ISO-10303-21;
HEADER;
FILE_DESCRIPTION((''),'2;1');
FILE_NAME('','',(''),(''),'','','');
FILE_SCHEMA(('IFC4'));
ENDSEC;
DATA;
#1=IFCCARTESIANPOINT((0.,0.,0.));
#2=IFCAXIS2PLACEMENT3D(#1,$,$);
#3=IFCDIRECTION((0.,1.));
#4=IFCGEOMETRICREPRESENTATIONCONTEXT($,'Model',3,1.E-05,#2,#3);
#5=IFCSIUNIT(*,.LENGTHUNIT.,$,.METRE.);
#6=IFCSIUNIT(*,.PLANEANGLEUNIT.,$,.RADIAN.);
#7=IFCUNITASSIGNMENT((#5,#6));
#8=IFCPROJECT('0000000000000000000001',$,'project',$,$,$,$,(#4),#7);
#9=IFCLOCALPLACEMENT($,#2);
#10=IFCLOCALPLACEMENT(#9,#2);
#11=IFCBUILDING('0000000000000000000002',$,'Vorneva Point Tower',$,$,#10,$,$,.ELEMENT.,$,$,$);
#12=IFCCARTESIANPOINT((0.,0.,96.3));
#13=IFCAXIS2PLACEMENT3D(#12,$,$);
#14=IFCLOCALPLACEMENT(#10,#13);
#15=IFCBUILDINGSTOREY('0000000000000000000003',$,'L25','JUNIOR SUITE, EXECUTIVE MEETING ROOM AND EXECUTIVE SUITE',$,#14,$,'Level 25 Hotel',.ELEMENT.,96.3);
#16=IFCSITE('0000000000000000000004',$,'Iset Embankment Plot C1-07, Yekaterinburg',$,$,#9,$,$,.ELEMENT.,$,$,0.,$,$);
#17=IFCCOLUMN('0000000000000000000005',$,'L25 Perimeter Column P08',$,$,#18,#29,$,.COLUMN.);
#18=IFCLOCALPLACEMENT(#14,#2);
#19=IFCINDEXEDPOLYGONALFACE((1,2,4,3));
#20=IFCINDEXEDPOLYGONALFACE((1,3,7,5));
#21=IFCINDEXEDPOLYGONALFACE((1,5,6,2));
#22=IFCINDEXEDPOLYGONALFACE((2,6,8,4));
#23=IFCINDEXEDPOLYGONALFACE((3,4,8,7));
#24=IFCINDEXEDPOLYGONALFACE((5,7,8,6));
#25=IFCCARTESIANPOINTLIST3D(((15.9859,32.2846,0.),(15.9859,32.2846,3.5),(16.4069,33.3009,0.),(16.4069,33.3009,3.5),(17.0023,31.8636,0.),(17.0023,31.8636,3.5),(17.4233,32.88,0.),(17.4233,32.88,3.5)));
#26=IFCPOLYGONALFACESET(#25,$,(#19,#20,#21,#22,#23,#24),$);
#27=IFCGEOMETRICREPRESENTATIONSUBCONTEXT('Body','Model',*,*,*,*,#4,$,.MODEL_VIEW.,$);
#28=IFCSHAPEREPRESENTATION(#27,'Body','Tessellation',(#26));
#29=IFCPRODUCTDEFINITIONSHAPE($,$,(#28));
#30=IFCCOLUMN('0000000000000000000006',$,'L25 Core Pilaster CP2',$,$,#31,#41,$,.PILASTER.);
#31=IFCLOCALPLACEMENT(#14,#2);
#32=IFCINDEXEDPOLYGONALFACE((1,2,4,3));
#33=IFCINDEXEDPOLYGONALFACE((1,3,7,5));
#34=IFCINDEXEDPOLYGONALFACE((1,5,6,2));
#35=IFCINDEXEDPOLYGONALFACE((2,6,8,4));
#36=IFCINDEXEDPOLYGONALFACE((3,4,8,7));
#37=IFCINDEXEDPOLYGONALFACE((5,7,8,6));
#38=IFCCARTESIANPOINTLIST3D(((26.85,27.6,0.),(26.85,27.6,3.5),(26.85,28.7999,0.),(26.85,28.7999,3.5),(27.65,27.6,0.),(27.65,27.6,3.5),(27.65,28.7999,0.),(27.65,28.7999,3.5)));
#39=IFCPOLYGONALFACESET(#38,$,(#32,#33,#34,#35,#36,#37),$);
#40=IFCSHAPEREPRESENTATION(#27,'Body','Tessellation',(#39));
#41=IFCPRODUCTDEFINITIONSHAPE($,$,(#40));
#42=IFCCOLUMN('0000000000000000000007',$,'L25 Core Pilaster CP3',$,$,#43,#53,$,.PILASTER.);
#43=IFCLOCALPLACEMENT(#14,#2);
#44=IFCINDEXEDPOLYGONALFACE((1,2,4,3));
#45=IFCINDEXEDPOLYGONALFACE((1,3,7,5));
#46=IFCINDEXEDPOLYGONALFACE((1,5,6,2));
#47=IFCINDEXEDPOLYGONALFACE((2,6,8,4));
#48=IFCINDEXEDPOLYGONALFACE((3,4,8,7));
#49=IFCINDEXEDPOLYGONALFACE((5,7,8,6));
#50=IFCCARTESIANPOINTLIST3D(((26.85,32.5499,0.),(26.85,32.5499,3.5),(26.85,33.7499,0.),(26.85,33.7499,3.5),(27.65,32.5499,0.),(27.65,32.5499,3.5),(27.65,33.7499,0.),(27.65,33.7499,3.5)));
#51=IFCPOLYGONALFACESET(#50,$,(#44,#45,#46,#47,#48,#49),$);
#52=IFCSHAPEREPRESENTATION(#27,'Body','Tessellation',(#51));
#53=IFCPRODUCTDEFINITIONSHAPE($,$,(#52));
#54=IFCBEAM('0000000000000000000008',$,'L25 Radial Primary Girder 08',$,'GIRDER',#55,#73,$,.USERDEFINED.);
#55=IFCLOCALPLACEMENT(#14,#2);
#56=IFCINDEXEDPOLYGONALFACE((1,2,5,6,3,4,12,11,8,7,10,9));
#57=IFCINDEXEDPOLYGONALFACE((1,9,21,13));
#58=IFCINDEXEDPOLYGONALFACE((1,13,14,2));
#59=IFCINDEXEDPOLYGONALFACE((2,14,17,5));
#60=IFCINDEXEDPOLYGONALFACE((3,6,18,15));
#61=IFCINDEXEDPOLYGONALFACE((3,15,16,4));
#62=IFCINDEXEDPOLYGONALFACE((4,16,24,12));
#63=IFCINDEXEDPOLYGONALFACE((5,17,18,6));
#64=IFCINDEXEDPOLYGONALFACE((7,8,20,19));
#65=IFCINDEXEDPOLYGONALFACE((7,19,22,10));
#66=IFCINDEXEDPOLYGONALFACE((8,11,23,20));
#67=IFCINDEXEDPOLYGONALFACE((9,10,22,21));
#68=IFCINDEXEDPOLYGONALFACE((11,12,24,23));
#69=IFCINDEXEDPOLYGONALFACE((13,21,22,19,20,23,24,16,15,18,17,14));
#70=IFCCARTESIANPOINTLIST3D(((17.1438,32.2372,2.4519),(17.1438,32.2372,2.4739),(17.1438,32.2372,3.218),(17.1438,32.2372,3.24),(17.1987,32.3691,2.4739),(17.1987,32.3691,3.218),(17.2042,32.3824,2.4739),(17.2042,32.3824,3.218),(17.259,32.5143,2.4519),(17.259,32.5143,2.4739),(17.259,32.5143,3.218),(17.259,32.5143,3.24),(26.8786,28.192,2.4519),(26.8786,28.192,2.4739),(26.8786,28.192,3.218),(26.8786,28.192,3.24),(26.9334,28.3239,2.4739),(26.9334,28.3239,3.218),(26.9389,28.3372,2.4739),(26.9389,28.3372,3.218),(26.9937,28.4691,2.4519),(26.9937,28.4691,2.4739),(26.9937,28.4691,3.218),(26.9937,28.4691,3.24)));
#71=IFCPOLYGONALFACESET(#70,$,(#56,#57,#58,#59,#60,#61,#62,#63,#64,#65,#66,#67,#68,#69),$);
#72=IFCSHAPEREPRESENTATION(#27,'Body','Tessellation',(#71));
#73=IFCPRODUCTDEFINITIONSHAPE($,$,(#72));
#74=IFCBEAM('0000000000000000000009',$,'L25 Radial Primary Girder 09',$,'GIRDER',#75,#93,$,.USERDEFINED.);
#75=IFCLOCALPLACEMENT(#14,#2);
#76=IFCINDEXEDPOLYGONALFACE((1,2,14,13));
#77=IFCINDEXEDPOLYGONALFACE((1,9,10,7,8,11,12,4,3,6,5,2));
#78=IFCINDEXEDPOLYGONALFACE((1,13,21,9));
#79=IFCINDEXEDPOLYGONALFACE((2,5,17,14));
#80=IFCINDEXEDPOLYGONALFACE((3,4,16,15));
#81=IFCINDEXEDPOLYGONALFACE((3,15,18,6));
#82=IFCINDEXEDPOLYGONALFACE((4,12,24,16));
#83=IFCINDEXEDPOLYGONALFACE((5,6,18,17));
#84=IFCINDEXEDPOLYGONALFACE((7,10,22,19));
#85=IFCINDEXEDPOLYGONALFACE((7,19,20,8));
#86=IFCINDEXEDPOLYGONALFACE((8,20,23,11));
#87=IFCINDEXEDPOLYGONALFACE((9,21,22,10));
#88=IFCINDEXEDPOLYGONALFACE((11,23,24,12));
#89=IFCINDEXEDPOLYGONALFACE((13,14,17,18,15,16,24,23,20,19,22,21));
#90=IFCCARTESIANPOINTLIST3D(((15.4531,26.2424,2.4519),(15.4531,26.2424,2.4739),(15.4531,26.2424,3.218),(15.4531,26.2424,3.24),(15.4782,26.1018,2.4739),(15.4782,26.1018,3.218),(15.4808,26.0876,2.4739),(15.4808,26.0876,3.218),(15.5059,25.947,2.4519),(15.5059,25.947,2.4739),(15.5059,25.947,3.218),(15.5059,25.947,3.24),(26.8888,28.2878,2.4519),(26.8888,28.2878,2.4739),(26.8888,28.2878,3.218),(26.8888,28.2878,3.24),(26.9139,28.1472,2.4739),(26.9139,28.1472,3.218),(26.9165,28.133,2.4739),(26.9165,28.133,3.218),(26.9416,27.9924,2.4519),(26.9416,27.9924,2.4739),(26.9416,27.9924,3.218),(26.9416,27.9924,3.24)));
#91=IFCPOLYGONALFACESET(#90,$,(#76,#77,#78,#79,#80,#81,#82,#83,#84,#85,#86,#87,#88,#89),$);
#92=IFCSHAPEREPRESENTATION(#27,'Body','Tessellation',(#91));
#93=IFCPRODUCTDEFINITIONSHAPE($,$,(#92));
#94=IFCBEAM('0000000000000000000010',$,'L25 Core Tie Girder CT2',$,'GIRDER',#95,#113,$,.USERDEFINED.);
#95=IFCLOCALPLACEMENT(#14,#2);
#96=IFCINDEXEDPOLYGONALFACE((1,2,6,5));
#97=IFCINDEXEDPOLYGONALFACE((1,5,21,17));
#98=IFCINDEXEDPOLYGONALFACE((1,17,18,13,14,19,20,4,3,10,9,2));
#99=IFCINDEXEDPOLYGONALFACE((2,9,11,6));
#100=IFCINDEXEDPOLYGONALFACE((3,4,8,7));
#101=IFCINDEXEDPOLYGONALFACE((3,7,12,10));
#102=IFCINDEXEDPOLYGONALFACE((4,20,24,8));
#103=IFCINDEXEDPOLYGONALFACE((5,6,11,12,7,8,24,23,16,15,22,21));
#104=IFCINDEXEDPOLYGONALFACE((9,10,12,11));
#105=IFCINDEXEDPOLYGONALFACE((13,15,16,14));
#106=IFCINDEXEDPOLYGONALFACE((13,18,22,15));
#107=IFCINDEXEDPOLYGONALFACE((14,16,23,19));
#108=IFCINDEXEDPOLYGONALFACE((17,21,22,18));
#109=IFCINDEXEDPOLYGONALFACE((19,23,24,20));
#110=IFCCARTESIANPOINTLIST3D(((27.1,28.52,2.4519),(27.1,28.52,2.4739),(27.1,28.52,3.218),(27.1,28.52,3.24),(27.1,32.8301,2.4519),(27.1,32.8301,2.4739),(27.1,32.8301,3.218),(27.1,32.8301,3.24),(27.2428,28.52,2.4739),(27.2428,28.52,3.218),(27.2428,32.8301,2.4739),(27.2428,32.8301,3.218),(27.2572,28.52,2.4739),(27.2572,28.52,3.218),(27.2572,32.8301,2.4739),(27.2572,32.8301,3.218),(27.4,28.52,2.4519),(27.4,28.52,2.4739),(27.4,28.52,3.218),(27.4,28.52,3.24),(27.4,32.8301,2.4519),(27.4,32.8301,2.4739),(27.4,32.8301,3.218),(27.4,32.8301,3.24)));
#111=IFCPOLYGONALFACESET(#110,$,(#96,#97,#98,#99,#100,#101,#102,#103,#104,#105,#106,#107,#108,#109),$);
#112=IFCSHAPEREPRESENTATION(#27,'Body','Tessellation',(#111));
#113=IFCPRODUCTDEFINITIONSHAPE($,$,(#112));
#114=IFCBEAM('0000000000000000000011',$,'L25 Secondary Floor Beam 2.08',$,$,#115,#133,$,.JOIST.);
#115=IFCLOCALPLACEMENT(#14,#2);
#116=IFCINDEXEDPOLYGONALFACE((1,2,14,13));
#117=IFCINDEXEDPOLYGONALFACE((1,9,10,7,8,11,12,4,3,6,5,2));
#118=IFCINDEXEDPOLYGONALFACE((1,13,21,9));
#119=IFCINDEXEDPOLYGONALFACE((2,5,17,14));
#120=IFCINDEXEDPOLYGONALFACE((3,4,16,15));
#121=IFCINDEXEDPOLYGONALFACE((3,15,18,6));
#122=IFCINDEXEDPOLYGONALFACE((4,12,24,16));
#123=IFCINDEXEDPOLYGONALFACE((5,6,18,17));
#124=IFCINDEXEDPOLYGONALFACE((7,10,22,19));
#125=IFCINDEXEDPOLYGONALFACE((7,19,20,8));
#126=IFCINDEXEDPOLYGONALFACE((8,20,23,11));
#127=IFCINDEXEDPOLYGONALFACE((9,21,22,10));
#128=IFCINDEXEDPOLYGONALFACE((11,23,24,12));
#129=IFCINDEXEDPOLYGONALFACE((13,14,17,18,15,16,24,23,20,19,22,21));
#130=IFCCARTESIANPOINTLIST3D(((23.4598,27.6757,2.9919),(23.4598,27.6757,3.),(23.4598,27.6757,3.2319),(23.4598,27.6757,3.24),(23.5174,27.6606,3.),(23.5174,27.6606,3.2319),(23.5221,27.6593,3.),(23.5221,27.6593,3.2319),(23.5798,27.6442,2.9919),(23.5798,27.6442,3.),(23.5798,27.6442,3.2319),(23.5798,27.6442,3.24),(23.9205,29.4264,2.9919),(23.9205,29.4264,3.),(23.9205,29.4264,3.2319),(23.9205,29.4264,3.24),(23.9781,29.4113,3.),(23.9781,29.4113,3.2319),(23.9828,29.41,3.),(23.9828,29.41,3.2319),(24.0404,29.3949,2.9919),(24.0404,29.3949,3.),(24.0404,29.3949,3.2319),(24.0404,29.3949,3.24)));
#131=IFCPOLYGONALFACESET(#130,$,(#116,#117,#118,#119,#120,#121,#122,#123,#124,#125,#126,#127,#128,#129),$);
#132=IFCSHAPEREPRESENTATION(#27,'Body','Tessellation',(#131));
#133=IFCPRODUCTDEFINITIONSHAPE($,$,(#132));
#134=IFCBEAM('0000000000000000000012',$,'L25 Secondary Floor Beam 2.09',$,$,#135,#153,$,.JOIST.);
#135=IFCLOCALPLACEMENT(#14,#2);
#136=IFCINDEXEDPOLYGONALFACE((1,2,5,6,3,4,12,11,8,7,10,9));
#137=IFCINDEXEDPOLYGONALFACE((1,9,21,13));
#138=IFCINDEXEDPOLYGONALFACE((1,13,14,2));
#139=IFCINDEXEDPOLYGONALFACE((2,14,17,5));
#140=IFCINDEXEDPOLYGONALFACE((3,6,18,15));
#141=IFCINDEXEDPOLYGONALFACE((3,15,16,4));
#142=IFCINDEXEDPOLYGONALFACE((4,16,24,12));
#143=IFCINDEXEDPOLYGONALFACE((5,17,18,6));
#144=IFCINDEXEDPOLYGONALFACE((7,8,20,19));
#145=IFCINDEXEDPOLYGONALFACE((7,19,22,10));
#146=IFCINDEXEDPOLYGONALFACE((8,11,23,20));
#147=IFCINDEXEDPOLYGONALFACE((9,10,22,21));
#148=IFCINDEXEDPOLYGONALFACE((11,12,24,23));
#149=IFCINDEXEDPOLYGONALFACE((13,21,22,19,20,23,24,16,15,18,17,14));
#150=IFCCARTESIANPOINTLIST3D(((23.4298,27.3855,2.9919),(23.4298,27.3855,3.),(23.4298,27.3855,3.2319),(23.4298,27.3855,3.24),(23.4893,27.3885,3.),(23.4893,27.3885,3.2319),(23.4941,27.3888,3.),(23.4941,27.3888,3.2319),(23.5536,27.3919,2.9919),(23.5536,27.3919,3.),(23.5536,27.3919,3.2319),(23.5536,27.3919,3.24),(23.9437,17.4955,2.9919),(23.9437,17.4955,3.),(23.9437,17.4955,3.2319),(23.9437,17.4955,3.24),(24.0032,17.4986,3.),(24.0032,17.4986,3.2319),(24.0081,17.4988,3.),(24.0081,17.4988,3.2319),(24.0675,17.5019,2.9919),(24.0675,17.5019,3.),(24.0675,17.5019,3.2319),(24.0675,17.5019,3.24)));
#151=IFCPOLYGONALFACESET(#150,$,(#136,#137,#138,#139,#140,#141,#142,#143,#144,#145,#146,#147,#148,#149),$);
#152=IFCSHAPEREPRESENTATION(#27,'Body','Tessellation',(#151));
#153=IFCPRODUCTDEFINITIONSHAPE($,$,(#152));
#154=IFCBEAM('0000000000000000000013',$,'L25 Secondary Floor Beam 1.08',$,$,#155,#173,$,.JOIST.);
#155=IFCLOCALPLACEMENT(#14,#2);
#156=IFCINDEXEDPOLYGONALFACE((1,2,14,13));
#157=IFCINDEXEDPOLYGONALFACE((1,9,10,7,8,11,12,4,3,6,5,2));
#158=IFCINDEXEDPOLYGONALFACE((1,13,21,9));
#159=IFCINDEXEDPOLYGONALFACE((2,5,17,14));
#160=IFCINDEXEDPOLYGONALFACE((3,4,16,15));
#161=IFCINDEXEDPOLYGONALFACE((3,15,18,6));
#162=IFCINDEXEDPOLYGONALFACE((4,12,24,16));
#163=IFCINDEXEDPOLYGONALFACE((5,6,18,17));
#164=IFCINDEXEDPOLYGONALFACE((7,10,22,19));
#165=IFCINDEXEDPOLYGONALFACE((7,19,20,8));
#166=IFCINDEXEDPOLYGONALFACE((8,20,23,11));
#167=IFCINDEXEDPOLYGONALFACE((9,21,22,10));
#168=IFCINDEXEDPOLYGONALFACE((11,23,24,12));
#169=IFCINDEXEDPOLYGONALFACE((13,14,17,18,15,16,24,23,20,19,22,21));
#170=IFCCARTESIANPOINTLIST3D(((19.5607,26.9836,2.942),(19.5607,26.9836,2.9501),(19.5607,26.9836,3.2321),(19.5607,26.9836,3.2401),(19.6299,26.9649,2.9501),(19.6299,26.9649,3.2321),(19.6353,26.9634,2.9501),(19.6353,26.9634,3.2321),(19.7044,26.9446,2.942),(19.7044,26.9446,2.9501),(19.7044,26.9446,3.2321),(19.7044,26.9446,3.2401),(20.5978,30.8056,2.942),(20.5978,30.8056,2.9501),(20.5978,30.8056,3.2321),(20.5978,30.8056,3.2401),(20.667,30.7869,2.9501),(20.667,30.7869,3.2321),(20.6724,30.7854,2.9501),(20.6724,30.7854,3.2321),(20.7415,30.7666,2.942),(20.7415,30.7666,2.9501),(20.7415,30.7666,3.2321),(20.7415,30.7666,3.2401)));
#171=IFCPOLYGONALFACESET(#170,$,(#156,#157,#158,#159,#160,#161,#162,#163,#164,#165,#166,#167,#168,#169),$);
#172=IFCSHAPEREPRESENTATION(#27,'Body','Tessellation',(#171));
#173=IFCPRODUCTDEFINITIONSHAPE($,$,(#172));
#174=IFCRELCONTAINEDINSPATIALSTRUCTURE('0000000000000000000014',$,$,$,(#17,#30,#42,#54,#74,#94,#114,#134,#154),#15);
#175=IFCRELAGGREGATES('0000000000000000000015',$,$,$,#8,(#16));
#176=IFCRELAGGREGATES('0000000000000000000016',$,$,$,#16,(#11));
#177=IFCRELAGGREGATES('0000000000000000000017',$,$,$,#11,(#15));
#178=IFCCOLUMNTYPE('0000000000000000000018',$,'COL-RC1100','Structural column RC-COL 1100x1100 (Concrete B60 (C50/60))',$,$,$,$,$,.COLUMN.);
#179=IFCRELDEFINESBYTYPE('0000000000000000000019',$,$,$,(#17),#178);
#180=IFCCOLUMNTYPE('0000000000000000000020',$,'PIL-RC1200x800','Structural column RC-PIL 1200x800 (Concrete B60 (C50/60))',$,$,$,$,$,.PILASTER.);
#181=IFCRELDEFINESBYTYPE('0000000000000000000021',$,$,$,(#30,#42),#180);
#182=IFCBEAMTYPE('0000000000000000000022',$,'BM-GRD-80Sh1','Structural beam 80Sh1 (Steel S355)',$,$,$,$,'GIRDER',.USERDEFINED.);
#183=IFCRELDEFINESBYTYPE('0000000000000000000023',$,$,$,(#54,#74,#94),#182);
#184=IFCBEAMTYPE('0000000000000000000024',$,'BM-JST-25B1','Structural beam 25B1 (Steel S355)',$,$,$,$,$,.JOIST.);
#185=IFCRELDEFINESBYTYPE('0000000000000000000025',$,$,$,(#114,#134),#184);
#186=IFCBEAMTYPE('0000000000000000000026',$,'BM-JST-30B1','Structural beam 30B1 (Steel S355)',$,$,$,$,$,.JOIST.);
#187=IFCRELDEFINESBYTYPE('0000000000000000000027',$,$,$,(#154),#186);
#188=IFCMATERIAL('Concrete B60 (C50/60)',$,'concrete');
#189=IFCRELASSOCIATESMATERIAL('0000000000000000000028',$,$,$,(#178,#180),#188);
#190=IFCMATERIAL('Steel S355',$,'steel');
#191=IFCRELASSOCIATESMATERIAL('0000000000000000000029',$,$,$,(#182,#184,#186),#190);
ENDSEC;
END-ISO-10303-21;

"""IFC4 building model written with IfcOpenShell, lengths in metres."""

from ifc_helpers import new_model, si_unit, direction, frame, origin, origin_2d, place, context, subcontext, project, spatial, rectangle, i_section, extrude, material, material_profile, profile_set, type_object, element, save


model = new_model("IFC4")

# Units and contexts
model_context = context("Model", 3, precision=1e-05, world=origin(), true_north=direction((0.0, 1.0)))
body_context = subcontext(model_context, "Body", "Model", "MODEL_VIEW")
ifc_project = project(units=[si_unit("LENGTHUNIT", "METRE"), si_unit("PLANEANGLEUNIT", "RADIAN")], contexts=[model_context])

# Site, building, storey
site_placement = place(None, origin())
site = spatial("IfcSite", under=ifc_project, at=site_placement, Name="Iset Embankment Plot C1-07, Yekaterinburg", CompositionType="ELEMENT", RefElevation=0.0)
building_placement = place(site_placement, origin())
building = spatial("IfcBuilding", under=site, at=building_placement, Name="Vorneva Point Tower", CompositionType="ELEMENT")
storey_placement = place(building_placement, frame((0.0, 0.0, 96.3)))
storey = spatial("IfcBuildingStorey", under=building, at=storey_placement, Name="L25", Description="JUNIOR SUITE, EXECUTIVE MEETING ROOM AND EXECUTIVE SUITE", LongName="Level 25 Hotel", CompositionType="ELEMENT", Elevation=96.3)

# Columns
ifc_material_1 = material(Name="Concrete B60 (C50/60)", Category="concrete")
ifc_material_profile_1 = material_profile(ifc_material_1, rectangle(XDim=1.1001, YDim=1.1001, at=origin_2d()), Name="RC-COL 1100x1100")
ifc_profile_set_1 = profile_set([ifc_material_profile_1], Name="Concrete B60 (C50/60)")
column_type_1 = type_object("IfcColumnType", Name="COL-RC1100", Description="Structural column RC-COL 1100x1100 (Concrete B60 (C50/60))", PredefinedType="COLUMN", material=ifc_profile_set_1)
column_placement = place(storey_placement, frame((16.7046, 32.5823, 0.0), z_axis=(0.0, 0.0, 1.0), x_axis=(-0.92388, 0.382683, 0.0)))
element("IfcColumn", 1, at=column_placement, inside=storey, type_object=column_type_1, Name="L25 Perimeter Column P08", PredefinedType="COLUMN", context=body_context, shape_type="SweptSolid", body=[
    extrude(rectangle(XDim=1.1001, YDim=1.1001, at=origin_2d()), origin(), (0.0, 0.0, 1.0), 3.5),
])
ifc_material_profile_2 = material_profile(ifc_material_1, rectangle(XDim=0.8, YDim=1.2, at=origin_2d()), Name="RC-PIL 1200x800")
ifc_profile_set_2 = profile_set([ifc_material_profile_2], Name="Concrete B60 (C50/60)")
column_type_2 = type_object("IfcColumnType", Name="PIL-RC1200x800", Description="Structural column RC-PIL 1200x800 (Concrete B60 (C50/60))", PredefinedType="PILASTER", material=ifc_profile_set_2)
for number, where, z_axis, x_axis, name in (
    (2, (27.25, 28.2, 0.0), (0.0, 0.0, 1.0), (1.0, 0.0, 0.0), "L25 Core Pilaster CP2"),
    (3, (27.25, 33.1499, 0.0), (0.0, 0.0, 1.0), (1.0, 0.0, 0.0), "L25 Core Pilaster CP3"),
):
    element("IfcColumn", number, at=place(storey_placement, frame(where, z_axis=z_axis, x_axis=x_axis)), inside=storey, type_object=column_type_2, Name=name, PredefinedType="PILASTER", context=body_context, shape_type="SweptSolid", body=[
        extrude(rectangle(XDim=0.8, YDim=1.2, at=origin_2d()), origin(), (0.0, 0.0, 1.0), 3.5),
    ])

# Beams
ifc_material_2 = material(Name="Steel S355", Category="steel")
ifc_material_profile_3 = material_profile(ifc_material_2, i_section(OverallWidth=0.3, OverallDepth=0.7881, WebThickness=0.0144, FlangeThickness=0.022, at=origin_2d()), Name="80Sh1")
ifc_profile_set_3 = profile_set([ifc_material_profile_3], Name="Steel S355")
beam_type_1 = type_object("IfcBeamType", Name="BM-GRD-80Sh1", Description="Structural beam 80Sh1 (Steel S355)", ElementType="GIRDER", PredefinedType="USERDEFINED", material=ifc_profile_set_3)
beam_1_placement = place(storey_placement, frame((17.2014, 32.3757, 2.8459), z_axis=(0.923444, -0.383732, 0.0), x_axis=(0.383732, 0.923444, 0.0)))
element("IfcBeam", 4, at=beam_1_placement, inside=storey, type_object=beam_type_1, Name="L25 Radial Primary Girder 08", ObjectType="GIRDER", PredefinedType="USERDEFINED", context=body_context, shape_type="SweptSolid", body=[
    extrude(i_section(OverallWidth=0.3, OverallDepth=0.7881, WebThickness=0.0144, FlangeThickness=0.022, at=origin_2d()), origin(), (0.0, 0.0, 1.0), 10.5417),
])
beam_2_placement = place(storey_placement, frame((15.4795, 26.0947, 2.8459), z_axis=(0.984378, 0.176066, 0.0), x_axis=(-0.176066, 0.984378, 0.0)))
element("IfcBeam", 5, at=beam_2_placement, inside=storey, type_object=beam_type_1, Name="L25 Radial Primary Girder 09", ObjectType="GIRDER", PredefinedType="USERDEFINED", context=body_context, shape_type="SweptSolid", body=[
    extrude(i_section(OverallWidth=0.3, OverallDepth=0.7881, WebThickness=0.0144, FlangeThickness=0.022, at=origin_2d()), origin(), (0.0, 0.0, 1.0), 11.6172),
])
beam_3_placement = place(storey_placement, frame((27.25, 28.52, 2.8459), z_axis=(0.0, 1.0, 0.0), x_axis=(-1.0, 0.0, 0.0)))
element("IfcBeam", 6, at=beam_3_placement, inside=storey, type_object=beam_type_1, Name="L25 Core Tie Girder CT2", ObjectType="GIRDER", PredefinedType="USERDEFINED", context=body_context, shape_type="SweptSolid", body=[
    extrude(i_section(OverallWidth=0.3, OverallDepth=0.7881, WebThickness=0.0144, FlangeThickness=0.022, at=origin_2d()), origin(), (0.0, 0.0, 1.0), 4.3101),
])
ifc_material_profile_4 = material_profile(ifc_material_2, i_section(OverallWidth=0.124, OverallDepth=0.248, WebThickness=0.0049, FlangeThickness=0.0081, at=origin_2d()), Name="25B1")
ifc_profile_set_4 = profile_set([ifc_material_profile_4], Name="Steel S355")
beam_type_2 = type_object("IfcBeamType", Name="BM-JST-25B1", Description="Structural beam 25B1 (Steel S355)", PredefinedType="JOIST", material=ifc_profile_set_4)
beam_4_placement = place(storey_placement, frame((23.9805, 29.4106, 3.116), z_axis=(-0.25448, -0.967078, 0.0), x_axis=(0.967078, -0.25448, 0.0)))
element("IfcBeam", 7, at=beam_4_placement, inside=storey, type_object=beam_type_2, Name="L25 Secondary Floor Beam 2.08", PredefinedType="JOIST", context=body_context, shape_type="SweptSolid", body=[
    extrude(i_section(OverallWidth=0.124, OverallDepth=0.248, WebThickness=0.0049, FlangeThickness=0.0081, at=origin_2d()), origin(), (0.0, 0.0, 1.0), 1.8103),
])
beam_5_placement = place(storey_placement, frame((23.4917, 27.3887, 3.116), z_axis=(0.051894, -0.998653, 0.0), x_axis=(0.998653, 0.051894, 0.0)))
element("IfcBeam", 8, at=beam_5_placement, inside=storey, type_object=beam_type_2, Name="L25 Secondary Floor Beam 2.09", PredefinedType="JOIST", context=body_context, shape_type="SweptSolid", body=[
    extrude(i_section(OverallWidth=0.124, OverallDepth=0.248, WebThickness=0.0049, FlangeThickness=0.0081, at=origin_2d()), origin(), (0.0, 0.0, 1.0), 9.9033),
])
ifc_material_profile_5 = material_profile(ifc_material_2, i_section(OverallWidth=0.1489, OverallDepth=0.2981, WebThickness=0.0056, FlangeThickness=0.0081, at=origin_2d()), Name="30B1")
ifc_profile_set_5 = profile_set([ifc_material_profile_5], Name="Steel S355")
beam_type_3 = type_object("IfcBeamType", Name="BM-JST-30B1", Description="Structural beam 30B1 (Steel S355)", PredefinedType="JOIST", material=ifc_profile_set_5)
beam_6_placement = place(storey_placement, frame((20.6697, 30.7861, 3.0911), z_axis=(-0.261881, -0.9651, 0.0), x_axis=(0.9651, -0.261881, 0.0)))
element("IfcBeam", 9, at=beam_6_placement, inside=storey, type_object=beam_type_3, Name="L25 Secondary Floor Beam 1.08", PredefinedType="JOIST", context=body_context, shape_type="SweptSolid", body=[
    extrude(i_section(OverallWidth=0.1489, OverallDepth=0.2981, WebThickness=0.0056, FlangeThickness=0.0081, at=origin_2d()), origin(), (0.0, 0.0, 1.0), 3.9602),
])

save(model, "model.ifc")
